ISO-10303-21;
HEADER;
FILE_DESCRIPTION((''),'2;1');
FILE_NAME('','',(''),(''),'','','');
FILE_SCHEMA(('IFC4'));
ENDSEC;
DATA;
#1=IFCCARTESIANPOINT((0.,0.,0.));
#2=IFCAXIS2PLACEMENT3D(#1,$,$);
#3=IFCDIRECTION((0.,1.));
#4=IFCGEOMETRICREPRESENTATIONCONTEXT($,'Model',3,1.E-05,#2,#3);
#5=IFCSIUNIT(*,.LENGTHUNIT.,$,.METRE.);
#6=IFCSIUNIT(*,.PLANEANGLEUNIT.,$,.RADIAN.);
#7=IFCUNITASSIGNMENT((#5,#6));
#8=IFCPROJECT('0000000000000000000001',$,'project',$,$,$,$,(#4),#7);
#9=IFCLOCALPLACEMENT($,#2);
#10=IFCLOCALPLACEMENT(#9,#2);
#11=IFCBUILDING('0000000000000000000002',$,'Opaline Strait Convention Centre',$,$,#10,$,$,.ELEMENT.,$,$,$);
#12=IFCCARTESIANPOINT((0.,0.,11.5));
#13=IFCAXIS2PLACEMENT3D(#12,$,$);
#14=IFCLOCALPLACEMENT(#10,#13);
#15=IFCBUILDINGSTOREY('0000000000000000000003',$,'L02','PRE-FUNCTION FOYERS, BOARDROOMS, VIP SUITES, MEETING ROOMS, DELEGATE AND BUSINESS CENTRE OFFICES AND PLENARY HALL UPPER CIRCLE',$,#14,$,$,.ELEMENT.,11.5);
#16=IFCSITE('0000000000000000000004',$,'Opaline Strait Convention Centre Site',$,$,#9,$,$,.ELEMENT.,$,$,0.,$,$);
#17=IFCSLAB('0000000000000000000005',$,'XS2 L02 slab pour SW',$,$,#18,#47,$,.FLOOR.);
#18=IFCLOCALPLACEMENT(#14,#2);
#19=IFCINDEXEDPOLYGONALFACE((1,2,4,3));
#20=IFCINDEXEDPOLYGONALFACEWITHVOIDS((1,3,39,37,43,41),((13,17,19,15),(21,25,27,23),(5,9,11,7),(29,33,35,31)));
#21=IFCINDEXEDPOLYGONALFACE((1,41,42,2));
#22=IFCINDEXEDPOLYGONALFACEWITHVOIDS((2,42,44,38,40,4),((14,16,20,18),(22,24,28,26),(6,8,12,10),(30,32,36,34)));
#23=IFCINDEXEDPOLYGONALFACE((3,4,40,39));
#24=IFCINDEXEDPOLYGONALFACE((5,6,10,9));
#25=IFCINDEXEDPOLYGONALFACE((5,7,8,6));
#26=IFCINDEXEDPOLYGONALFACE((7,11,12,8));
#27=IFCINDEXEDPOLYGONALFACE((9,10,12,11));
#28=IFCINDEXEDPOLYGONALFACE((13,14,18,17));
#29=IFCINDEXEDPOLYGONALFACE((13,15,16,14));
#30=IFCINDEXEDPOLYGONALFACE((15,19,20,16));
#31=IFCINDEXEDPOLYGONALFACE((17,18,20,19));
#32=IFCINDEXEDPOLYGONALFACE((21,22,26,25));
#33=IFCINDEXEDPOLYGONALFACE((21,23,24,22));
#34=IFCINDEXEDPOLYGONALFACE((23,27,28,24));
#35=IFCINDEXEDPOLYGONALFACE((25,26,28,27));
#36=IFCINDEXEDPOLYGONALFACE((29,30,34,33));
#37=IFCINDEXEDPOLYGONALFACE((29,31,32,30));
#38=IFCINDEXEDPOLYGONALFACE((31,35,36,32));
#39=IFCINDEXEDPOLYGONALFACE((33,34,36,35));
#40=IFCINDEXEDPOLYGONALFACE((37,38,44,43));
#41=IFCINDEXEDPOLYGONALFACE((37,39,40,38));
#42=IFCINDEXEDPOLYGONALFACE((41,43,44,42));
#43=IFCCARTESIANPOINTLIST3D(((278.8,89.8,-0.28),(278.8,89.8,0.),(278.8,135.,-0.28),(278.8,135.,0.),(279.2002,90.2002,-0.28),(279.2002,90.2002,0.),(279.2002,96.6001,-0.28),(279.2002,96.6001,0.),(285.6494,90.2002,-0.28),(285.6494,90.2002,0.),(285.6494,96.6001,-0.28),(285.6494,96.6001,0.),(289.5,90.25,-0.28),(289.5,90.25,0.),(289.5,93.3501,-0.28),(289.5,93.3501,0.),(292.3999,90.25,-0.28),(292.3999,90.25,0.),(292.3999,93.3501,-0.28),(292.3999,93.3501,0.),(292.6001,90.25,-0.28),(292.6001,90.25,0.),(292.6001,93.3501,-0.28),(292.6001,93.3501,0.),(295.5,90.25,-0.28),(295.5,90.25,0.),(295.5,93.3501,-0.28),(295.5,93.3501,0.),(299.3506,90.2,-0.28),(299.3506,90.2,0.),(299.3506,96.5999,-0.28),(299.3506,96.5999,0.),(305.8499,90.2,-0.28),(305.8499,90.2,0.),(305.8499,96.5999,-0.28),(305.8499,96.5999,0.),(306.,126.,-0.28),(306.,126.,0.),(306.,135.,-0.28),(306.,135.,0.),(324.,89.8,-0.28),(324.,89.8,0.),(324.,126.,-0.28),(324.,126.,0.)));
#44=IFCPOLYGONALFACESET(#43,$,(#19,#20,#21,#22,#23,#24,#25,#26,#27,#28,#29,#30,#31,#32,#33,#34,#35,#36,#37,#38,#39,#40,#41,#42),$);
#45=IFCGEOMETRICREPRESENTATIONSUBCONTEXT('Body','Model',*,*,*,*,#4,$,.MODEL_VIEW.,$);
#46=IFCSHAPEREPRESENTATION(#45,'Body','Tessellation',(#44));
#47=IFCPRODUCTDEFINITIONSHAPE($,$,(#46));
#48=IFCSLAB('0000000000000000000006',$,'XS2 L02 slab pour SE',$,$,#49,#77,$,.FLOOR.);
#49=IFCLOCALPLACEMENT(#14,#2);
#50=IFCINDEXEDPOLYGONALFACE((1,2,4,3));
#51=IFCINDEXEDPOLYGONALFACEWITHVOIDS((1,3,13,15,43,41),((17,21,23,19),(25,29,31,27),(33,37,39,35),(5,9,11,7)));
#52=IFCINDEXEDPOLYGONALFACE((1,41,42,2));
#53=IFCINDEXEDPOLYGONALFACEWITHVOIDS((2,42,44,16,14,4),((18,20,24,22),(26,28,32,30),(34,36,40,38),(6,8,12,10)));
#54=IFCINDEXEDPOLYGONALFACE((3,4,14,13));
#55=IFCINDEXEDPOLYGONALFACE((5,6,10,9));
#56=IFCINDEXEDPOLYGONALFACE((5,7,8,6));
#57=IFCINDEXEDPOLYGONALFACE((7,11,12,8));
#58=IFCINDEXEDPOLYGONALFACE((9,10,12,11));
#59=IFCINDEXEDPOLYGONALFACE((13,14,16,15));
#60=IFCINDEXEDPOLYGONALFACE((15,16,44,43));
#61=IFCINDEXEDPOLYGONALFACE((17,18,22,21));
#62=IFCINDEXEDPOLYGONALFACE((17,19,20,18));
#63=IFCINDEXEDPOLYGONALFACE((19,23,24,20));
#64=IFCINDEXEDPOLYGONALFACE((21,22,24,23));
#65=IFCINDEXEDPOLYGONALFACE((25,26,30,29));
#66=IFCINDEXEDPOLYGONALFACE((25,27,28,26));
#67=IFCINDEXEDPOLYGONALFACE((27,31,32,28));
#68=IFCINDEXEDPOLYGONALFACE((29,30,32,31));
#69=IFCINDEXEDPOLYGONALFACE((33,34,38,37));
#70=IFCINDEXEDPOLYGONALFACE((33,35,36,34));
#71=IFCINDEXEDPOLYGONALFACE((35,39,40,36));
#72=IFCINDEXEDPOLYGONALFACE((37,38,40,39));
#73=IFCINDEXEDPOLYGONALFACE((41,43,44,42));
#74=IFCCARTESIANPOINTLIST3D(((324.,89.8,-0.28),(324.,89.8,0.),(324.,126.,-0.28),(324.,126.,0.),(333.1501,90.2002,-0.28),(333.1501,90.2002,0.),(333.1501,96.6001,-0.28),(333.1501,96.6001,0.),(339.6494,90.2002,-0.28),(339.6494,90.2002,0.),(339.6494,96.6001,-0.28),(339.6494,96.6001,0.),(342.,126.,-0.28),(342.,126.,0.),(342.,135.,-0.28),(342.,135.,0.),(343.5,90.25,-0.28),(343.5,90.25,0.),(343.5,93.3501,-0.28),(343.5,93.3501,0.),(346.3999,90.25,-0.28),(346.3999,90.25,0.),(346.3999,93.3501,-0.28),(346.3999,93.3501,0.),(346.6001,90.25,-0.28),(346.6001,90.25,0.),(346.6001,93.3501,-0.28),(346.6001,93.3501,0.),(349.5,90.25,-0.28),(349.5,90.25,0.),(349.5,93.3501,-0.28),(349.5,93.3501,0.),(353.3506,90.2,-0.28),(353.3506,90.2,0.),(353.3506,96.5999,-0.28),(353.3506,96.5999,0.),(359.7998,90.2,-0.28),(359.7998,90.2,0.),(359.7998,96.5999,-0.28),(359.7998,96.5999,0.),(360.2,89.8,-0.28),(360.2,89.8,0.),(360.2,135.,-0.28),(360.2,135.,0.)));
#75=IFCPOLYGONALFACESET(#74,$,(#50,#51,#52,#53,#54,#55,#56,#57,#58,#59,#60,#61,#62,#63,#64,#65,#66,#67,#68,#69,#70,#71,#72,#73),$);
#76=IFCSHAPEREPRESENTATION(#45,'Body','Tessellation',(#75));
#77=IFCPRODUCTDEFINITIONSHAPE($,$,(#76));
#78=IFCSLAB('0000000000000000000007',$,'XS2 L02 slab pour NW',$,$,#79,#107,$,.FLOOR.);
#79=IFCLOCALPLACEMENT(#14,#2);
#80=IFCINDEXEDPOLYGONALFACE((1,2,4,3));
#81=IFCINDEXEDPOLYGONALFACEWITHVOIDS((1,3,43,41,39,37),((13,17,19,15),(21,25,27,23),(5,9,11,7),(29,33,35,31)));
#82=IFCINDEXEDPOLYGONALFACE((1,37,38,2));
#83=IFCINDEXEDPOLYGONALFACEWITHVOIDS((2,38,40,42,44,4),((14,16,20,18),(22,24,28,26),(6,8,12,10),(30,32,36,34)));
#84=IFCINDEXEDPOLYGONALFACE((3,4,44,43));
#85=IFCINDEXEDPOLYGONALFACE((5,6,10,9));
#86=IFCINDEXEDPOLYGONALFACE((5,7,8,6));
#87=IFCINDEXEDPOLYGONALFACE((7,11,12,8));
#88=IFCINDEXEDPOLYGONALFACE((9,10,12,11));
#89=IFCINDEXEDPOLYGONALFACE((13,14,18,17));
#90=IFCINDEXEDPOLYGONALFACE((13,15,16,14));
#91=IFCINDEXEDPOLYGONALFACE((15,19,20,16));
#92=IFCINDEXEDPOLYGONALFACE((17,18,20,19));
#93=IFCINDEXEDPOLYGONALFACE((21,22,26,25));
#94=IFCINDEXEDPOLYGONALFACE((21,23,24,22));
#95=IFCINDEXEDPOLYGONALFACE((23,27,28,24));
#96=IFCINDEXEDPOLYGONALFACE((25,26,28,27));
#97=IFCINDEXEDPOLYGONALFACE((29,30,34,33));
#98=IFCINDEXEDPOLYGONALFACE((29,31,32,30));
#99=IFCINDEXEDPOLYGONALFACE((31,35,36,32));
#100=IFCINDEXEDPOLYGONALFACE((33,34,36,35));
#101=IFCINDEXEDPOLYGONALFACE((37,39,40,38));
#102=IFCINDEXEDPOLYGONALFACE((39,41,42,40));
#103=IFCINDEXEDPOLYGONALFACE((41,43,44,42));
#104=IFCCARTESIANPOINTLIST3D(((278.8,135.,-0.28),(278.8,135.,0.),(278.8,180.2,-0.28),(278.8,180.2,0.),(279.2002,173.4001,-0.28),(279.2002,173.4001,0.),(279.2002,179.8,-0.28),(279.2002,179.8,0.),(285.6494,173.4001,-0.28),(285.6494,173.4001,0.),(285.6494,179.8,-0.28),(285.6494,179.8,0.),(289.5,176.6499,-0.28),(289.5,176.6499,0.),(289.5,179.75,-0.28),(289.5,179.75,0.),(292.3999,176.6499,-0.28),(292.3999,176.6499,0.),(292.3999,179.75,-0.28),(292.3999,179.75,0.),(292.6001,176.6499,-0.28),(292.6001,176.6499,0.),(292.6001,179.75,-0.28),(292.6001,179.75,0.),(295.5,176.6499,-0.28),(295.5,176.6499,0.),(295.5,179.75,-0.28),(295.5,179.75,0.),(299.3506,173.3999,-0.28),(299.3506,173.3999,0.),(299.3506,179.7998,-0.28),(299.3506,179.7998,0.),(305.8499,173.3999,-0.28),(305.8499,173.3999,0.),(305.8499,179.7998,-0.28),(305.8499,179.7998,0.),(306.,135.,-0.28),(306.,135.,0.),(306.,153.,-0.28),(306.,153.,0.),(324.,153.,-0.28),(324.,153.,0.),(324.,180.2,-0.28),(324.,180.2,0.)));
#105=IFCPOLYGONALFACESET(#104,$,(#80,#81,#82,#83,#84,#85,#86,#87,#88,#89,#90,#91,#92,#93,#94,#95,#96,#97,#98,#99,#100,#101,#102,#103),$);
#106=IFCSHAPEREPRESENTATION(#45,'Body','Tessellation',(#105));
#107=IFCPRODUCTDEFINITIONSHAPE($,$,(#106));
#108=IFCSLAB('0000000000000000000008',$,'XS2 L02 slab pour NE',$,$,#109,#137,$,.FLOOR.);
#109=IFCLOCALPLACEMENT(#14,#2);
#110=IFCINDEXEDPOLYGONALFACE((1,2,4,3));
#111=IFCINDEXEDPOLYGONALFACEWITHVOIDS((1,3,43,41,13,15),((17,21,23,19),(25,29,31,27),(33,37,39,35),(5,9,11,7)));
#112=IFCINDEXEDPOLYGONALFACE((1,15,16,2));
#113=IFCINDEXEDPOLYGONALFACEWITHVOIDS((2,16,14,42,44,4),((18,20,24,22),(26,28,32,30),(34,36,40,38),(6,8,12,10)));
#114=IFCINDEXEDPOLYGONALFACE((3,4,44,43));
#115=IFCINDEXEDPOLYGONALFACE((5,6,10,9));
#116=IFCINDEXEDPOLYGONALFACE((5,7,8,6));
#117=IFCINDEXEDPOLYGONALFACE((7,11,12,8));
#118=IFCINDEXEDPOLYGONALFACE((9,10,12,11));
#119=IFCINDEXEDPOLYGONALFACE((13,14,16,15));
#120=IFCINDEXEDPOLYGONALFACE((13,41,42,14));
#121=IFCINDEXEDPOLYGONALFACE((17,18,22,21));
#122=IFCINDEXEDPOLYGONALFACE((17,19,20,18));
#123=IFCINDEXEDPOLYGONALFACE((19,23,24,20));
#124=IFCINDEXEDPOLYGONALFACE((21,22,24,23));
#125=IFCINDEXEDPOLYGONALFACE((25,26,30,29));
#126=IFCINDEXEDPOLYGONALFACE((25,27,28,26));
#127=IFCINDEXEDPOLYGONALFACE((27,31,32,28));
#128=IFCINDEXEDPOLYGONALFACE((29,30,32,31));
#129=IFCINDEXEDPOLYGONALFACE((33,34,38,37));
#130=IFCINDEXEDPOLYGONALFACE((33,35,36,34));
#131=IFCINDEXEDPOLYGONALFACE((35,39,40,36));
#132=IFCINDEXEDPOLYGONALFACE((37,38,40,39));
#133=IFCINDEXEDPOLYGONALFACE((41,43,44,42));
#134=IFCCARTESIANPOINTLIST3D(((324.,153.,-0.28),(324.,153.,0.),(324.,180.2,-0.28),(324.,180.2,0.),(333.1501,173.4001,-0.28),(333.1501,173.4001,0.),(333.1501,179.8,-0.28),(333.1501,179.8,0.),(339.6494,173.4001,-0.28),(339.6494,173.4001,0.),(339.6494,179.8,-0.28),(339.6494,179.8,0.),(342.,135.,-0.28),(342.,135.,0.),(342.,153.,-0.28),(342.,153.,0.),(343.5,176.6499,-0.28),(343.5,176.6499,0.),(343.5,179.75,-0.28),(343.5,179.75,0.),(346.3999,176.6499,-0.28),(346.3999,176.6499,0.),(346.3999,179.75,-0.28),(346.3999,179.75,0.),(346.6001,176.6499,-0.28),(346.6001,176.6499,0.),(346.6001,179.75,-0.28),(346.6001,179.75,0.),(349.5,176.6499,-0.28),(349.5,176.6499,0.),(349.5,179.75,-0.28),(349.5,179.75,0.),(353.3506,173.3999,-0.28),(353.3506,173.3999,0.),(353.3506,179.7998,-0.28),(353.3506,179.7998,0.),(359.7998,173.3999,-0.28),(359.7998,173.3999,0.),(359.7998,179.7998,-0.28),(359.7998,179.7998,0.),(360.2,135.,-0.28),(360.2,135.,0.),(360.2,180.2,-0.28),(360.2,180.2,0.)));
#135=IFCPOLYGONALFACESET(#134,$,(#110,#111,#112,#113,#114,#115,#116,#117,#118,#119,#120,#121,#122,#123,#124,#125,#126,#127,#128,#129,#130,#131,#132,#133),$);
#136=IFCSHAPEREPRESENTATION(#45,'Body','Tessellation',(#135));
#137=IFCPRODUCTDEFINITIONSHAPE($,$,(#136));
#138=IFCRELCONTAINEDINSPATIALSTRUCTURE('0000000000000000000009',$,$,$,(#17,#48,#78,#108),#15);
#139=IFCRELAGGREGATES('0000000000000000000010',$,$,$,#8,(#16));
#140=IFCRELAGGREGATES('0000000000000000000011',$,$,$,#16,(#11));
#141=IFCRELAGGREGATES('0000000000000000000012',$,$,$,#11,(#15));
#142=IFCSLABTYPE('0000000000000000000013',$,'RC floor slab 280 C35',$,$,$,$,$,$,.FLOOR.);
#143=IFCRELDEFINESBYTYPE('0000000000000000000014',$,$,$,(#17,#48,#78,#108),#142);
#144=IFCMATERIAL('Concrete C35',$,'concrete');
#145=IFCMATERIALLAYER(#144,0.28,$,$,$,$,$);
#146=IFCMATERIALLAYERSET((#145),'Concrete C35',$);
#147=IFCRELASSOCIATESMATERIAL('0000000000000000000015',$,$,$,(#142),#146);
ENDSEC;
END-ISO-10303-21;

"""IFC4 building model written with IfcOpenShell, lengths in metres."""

from ifc_helpers import new_model, si_unit, direction, frame, origin, place, context, subcontext, project, spatial, polyline, outline, extrude, material, layer, layer_set, type_object, element, save


model = new_model("IFC4")

# Units and contexts
model_context = context("Model", 3, precision=1e-05, world=origin(), true_north=direction((0.0, 1.0)))
body_context = subcontext(model_context, "Body", "Model", "MODEL_VIEW")
ifc_project = project(units=[si_unit("LENGTHUNIT", "METRE"), si_unit("PLANEANGLEUNIT", "RADIAN")], contexts=[model_context])

# Site, building, storey
site_placement = place(None, origin())
site = spatial("IfcSite", under=ifc_project, at=site_placement, Name="Opaline Strait Convention Centre Site", CompositionType="ELEMENT", RefElevation=0.0)
building_placement = place(site_placement, origin())
building = spatial("IfcBuilding", under=site, at=building_placement, Name="Opaline Strait Convention Centre", CompositionType="ELEMENT")
storey_placement = place(building_placement, frame((0.0, 0.0, 11.5)))
storey = spatial("IfcBuildingStorey", under=building, at=storey_placement, Name="L02", Description="PRE-FUNCTION FOYERS, BOARDROOMS, VIP SUITES, MEETING ROOMS, DELEGATE AND BUSINESS CENTRE OFFICES AND PLENARY HALL UPPER CIRCLE", CompositionType="ELEMENT", Elevation=11.5)

# Slabs
ifc_material_1 = material(Name="Concrete C35", Category="concrete")
ifc_layer_1 = layer(ifc_material_1, 0.28)
ifc_layer_set_1 = layer_set([ifc_layer_1], Name="Concrete C35")
slab_type_1 = type_object("IfcSlabType", Name="RC floor slab 280 C35", PredefinedType="FLOOR", material=ifc_layer_set_1)
slab_1_placement = place(storey_placement, frame((0.0, 0.0, -0.28)))
element("IfcSlab", 1, at=slab_1_placement, inside=storey, type_object=slab_type_1, Name="XS2 L02 slab pour SW", PredefinedType="FLOOR", context=body_context, shape_type="SweptSolid", body=[
    extrude(outline(polyline([(278.8, 89.8), (278.8, 135.0), (306.0, 135.0), (306.0, 126.0), (324.0, 126.0), (324.0, 89.8), (278.8, 89.8)]), holes=[polyline([(289.5, 93.3501), (289.5, 90.25), (292.3999, 90.25), (292.3999, 93.3501), (289.5, 93.3501)]), polyline([(292.6001, 93.3501), (292.6001, 90.25), (295.5, 90.25), (295.5, 93.3501), (292.6001, 93.3501)]), polyline([(299.3506, 96.5999), (299.3506, 90.2), (305.8499, 90.2), (305.8499, 96.5999), (299.3506, 96.5999)]), polyline([(279.2002, 96.6001), (279.2002, 90.2002), (285.6494, 90.2002), (285.6494, 96.6001), (279.2002, 96.6001)])]), origin(), (0.0, 0.0, 1.0), 0.28),
])
slab_2_placement = place(storey_placement, frame((0.0, 0.0, -0.28)))
element("IfcSlab", 2, at=slab_2_placement, inside=storey, type_object=slab_type_1, Name="XS2 L02 slab pour SE", PredefinedType="FLOOR", context=body_context, shape_type="SweptSolid", body=[
    extrude(outline(polyline([(360.2, 89.8), (324.0, 89.8), (324.0, 126.0), (342.0, 126.0), (342.0, 135.0), (360.2, 135.0), (360.2, 89.8)]), holes=[polyline([(343.5, 93.3501), (343.5, 90.25), (346.3999, 90.25), (346.3999, 93.3501), (343.5, 93.3501)]), polyline([(346.6001, 93.3501), (346.6001, 90.25), (349.5, 90.25), (349.5, 93.3501), (346.6001, 93.3501)]), polyline([(353.3506, 96.5999), (353.3506, 90.2), (359.7998, 90.2), (359.7998, 96.5999), (353.3506, 96.5999)]), polyline([(333.1501, 96.6001), (333.1501, 90.2002), (339.6494, 90.2002), (339.6494, 96.6001), (333.1501, 96.6001)])]), origin(), (0.0, 0.0, 1.0), 0.28),
])
slab_3_placement = place(storey_placement, frame((0.0, 0.0, -0.28)))
element("IfcSlab", 3, at=slab_3_placement, inside=storey, type_object=slab_type_1, Name="XS2 L02 slab pour NW", PredefinedType="FLOOR", context=body_context, shape_type="SweptSolid", body=[
    extrude(outline(polyline([(324.0, 180.2), (324.0, 153.0), (306.0, 153.0), (306.0, 135.0), (278.8, 135.0), (278.8, 180.2), (324.0, 180.2)]), holes=[polyline([(299.3506, 179.7998), (299.3506, 173.3999), (305.8499, 173.3999), (305.8499, 179.7998), (299.3506, 179.7998)]), polyline([(279.2002, 179.8), (279.2002, 173.4001), (285.6494, 173.4001), (285.6494, 179.8), (279.2002, 179.8)]), polyline([(289.5, 179.75), (289.5, 176.6499), (292.3999, 176.6499), (292.3999, 179.75), (289.5, 179.75)]), polyline([(292.6001, 179.75), (292.6001, 176.6499), (295.5, 176.6499), (295.5, 179.75), (292.6001, 179.75)])]), origin(), (0.0, 0.0, 1.0), 0.28),
])
slab_4_placement = place(storey_placement, frame((0.0, 0.0, -0.28)))
element("IfcSlab", 4, at=slab_4_placement, inside=storey, type_object=slab_type_1, Name="XS2 L02 slab pour NE", PredefinedType="FLOOR", context=body_context, shape_type="SweptSolid", body=[
    extrude(outline(polyline([(360.2, 180.2), (360.2, 135.0), (342.0, 135.0), (342.0, 153.0), (324.0, 153.0), (324.0, 180.2), (360.2, 180.2)]), holes=[polyline([(353.3506, 179.7998), (353.3506, 173.3999), (359.7998, 173.3999), (359.7998, 179.7998), (353.3506, 179.7998)]), polyline([(333.1501, 179.8), (333.1501, 173.4001), (339.6494, 173.4001), (339.6494, 179.8), (333.1501, 179.8)]), polyline([(343.5, 179.75), (343.5, 176.6499), (346.3999, 176.6499), (346.3999, 179.75), (343.5, 179.75)]), polyline([(346.6001, 179.75), (346.6001, 176.6499), (349.5, 176.6499), (349.5, 179.75), (346.6001, 179.75)])]), origin(), (0.0, 0.0, 1.0), 0.28),
])

save(model, "model.ifc")
